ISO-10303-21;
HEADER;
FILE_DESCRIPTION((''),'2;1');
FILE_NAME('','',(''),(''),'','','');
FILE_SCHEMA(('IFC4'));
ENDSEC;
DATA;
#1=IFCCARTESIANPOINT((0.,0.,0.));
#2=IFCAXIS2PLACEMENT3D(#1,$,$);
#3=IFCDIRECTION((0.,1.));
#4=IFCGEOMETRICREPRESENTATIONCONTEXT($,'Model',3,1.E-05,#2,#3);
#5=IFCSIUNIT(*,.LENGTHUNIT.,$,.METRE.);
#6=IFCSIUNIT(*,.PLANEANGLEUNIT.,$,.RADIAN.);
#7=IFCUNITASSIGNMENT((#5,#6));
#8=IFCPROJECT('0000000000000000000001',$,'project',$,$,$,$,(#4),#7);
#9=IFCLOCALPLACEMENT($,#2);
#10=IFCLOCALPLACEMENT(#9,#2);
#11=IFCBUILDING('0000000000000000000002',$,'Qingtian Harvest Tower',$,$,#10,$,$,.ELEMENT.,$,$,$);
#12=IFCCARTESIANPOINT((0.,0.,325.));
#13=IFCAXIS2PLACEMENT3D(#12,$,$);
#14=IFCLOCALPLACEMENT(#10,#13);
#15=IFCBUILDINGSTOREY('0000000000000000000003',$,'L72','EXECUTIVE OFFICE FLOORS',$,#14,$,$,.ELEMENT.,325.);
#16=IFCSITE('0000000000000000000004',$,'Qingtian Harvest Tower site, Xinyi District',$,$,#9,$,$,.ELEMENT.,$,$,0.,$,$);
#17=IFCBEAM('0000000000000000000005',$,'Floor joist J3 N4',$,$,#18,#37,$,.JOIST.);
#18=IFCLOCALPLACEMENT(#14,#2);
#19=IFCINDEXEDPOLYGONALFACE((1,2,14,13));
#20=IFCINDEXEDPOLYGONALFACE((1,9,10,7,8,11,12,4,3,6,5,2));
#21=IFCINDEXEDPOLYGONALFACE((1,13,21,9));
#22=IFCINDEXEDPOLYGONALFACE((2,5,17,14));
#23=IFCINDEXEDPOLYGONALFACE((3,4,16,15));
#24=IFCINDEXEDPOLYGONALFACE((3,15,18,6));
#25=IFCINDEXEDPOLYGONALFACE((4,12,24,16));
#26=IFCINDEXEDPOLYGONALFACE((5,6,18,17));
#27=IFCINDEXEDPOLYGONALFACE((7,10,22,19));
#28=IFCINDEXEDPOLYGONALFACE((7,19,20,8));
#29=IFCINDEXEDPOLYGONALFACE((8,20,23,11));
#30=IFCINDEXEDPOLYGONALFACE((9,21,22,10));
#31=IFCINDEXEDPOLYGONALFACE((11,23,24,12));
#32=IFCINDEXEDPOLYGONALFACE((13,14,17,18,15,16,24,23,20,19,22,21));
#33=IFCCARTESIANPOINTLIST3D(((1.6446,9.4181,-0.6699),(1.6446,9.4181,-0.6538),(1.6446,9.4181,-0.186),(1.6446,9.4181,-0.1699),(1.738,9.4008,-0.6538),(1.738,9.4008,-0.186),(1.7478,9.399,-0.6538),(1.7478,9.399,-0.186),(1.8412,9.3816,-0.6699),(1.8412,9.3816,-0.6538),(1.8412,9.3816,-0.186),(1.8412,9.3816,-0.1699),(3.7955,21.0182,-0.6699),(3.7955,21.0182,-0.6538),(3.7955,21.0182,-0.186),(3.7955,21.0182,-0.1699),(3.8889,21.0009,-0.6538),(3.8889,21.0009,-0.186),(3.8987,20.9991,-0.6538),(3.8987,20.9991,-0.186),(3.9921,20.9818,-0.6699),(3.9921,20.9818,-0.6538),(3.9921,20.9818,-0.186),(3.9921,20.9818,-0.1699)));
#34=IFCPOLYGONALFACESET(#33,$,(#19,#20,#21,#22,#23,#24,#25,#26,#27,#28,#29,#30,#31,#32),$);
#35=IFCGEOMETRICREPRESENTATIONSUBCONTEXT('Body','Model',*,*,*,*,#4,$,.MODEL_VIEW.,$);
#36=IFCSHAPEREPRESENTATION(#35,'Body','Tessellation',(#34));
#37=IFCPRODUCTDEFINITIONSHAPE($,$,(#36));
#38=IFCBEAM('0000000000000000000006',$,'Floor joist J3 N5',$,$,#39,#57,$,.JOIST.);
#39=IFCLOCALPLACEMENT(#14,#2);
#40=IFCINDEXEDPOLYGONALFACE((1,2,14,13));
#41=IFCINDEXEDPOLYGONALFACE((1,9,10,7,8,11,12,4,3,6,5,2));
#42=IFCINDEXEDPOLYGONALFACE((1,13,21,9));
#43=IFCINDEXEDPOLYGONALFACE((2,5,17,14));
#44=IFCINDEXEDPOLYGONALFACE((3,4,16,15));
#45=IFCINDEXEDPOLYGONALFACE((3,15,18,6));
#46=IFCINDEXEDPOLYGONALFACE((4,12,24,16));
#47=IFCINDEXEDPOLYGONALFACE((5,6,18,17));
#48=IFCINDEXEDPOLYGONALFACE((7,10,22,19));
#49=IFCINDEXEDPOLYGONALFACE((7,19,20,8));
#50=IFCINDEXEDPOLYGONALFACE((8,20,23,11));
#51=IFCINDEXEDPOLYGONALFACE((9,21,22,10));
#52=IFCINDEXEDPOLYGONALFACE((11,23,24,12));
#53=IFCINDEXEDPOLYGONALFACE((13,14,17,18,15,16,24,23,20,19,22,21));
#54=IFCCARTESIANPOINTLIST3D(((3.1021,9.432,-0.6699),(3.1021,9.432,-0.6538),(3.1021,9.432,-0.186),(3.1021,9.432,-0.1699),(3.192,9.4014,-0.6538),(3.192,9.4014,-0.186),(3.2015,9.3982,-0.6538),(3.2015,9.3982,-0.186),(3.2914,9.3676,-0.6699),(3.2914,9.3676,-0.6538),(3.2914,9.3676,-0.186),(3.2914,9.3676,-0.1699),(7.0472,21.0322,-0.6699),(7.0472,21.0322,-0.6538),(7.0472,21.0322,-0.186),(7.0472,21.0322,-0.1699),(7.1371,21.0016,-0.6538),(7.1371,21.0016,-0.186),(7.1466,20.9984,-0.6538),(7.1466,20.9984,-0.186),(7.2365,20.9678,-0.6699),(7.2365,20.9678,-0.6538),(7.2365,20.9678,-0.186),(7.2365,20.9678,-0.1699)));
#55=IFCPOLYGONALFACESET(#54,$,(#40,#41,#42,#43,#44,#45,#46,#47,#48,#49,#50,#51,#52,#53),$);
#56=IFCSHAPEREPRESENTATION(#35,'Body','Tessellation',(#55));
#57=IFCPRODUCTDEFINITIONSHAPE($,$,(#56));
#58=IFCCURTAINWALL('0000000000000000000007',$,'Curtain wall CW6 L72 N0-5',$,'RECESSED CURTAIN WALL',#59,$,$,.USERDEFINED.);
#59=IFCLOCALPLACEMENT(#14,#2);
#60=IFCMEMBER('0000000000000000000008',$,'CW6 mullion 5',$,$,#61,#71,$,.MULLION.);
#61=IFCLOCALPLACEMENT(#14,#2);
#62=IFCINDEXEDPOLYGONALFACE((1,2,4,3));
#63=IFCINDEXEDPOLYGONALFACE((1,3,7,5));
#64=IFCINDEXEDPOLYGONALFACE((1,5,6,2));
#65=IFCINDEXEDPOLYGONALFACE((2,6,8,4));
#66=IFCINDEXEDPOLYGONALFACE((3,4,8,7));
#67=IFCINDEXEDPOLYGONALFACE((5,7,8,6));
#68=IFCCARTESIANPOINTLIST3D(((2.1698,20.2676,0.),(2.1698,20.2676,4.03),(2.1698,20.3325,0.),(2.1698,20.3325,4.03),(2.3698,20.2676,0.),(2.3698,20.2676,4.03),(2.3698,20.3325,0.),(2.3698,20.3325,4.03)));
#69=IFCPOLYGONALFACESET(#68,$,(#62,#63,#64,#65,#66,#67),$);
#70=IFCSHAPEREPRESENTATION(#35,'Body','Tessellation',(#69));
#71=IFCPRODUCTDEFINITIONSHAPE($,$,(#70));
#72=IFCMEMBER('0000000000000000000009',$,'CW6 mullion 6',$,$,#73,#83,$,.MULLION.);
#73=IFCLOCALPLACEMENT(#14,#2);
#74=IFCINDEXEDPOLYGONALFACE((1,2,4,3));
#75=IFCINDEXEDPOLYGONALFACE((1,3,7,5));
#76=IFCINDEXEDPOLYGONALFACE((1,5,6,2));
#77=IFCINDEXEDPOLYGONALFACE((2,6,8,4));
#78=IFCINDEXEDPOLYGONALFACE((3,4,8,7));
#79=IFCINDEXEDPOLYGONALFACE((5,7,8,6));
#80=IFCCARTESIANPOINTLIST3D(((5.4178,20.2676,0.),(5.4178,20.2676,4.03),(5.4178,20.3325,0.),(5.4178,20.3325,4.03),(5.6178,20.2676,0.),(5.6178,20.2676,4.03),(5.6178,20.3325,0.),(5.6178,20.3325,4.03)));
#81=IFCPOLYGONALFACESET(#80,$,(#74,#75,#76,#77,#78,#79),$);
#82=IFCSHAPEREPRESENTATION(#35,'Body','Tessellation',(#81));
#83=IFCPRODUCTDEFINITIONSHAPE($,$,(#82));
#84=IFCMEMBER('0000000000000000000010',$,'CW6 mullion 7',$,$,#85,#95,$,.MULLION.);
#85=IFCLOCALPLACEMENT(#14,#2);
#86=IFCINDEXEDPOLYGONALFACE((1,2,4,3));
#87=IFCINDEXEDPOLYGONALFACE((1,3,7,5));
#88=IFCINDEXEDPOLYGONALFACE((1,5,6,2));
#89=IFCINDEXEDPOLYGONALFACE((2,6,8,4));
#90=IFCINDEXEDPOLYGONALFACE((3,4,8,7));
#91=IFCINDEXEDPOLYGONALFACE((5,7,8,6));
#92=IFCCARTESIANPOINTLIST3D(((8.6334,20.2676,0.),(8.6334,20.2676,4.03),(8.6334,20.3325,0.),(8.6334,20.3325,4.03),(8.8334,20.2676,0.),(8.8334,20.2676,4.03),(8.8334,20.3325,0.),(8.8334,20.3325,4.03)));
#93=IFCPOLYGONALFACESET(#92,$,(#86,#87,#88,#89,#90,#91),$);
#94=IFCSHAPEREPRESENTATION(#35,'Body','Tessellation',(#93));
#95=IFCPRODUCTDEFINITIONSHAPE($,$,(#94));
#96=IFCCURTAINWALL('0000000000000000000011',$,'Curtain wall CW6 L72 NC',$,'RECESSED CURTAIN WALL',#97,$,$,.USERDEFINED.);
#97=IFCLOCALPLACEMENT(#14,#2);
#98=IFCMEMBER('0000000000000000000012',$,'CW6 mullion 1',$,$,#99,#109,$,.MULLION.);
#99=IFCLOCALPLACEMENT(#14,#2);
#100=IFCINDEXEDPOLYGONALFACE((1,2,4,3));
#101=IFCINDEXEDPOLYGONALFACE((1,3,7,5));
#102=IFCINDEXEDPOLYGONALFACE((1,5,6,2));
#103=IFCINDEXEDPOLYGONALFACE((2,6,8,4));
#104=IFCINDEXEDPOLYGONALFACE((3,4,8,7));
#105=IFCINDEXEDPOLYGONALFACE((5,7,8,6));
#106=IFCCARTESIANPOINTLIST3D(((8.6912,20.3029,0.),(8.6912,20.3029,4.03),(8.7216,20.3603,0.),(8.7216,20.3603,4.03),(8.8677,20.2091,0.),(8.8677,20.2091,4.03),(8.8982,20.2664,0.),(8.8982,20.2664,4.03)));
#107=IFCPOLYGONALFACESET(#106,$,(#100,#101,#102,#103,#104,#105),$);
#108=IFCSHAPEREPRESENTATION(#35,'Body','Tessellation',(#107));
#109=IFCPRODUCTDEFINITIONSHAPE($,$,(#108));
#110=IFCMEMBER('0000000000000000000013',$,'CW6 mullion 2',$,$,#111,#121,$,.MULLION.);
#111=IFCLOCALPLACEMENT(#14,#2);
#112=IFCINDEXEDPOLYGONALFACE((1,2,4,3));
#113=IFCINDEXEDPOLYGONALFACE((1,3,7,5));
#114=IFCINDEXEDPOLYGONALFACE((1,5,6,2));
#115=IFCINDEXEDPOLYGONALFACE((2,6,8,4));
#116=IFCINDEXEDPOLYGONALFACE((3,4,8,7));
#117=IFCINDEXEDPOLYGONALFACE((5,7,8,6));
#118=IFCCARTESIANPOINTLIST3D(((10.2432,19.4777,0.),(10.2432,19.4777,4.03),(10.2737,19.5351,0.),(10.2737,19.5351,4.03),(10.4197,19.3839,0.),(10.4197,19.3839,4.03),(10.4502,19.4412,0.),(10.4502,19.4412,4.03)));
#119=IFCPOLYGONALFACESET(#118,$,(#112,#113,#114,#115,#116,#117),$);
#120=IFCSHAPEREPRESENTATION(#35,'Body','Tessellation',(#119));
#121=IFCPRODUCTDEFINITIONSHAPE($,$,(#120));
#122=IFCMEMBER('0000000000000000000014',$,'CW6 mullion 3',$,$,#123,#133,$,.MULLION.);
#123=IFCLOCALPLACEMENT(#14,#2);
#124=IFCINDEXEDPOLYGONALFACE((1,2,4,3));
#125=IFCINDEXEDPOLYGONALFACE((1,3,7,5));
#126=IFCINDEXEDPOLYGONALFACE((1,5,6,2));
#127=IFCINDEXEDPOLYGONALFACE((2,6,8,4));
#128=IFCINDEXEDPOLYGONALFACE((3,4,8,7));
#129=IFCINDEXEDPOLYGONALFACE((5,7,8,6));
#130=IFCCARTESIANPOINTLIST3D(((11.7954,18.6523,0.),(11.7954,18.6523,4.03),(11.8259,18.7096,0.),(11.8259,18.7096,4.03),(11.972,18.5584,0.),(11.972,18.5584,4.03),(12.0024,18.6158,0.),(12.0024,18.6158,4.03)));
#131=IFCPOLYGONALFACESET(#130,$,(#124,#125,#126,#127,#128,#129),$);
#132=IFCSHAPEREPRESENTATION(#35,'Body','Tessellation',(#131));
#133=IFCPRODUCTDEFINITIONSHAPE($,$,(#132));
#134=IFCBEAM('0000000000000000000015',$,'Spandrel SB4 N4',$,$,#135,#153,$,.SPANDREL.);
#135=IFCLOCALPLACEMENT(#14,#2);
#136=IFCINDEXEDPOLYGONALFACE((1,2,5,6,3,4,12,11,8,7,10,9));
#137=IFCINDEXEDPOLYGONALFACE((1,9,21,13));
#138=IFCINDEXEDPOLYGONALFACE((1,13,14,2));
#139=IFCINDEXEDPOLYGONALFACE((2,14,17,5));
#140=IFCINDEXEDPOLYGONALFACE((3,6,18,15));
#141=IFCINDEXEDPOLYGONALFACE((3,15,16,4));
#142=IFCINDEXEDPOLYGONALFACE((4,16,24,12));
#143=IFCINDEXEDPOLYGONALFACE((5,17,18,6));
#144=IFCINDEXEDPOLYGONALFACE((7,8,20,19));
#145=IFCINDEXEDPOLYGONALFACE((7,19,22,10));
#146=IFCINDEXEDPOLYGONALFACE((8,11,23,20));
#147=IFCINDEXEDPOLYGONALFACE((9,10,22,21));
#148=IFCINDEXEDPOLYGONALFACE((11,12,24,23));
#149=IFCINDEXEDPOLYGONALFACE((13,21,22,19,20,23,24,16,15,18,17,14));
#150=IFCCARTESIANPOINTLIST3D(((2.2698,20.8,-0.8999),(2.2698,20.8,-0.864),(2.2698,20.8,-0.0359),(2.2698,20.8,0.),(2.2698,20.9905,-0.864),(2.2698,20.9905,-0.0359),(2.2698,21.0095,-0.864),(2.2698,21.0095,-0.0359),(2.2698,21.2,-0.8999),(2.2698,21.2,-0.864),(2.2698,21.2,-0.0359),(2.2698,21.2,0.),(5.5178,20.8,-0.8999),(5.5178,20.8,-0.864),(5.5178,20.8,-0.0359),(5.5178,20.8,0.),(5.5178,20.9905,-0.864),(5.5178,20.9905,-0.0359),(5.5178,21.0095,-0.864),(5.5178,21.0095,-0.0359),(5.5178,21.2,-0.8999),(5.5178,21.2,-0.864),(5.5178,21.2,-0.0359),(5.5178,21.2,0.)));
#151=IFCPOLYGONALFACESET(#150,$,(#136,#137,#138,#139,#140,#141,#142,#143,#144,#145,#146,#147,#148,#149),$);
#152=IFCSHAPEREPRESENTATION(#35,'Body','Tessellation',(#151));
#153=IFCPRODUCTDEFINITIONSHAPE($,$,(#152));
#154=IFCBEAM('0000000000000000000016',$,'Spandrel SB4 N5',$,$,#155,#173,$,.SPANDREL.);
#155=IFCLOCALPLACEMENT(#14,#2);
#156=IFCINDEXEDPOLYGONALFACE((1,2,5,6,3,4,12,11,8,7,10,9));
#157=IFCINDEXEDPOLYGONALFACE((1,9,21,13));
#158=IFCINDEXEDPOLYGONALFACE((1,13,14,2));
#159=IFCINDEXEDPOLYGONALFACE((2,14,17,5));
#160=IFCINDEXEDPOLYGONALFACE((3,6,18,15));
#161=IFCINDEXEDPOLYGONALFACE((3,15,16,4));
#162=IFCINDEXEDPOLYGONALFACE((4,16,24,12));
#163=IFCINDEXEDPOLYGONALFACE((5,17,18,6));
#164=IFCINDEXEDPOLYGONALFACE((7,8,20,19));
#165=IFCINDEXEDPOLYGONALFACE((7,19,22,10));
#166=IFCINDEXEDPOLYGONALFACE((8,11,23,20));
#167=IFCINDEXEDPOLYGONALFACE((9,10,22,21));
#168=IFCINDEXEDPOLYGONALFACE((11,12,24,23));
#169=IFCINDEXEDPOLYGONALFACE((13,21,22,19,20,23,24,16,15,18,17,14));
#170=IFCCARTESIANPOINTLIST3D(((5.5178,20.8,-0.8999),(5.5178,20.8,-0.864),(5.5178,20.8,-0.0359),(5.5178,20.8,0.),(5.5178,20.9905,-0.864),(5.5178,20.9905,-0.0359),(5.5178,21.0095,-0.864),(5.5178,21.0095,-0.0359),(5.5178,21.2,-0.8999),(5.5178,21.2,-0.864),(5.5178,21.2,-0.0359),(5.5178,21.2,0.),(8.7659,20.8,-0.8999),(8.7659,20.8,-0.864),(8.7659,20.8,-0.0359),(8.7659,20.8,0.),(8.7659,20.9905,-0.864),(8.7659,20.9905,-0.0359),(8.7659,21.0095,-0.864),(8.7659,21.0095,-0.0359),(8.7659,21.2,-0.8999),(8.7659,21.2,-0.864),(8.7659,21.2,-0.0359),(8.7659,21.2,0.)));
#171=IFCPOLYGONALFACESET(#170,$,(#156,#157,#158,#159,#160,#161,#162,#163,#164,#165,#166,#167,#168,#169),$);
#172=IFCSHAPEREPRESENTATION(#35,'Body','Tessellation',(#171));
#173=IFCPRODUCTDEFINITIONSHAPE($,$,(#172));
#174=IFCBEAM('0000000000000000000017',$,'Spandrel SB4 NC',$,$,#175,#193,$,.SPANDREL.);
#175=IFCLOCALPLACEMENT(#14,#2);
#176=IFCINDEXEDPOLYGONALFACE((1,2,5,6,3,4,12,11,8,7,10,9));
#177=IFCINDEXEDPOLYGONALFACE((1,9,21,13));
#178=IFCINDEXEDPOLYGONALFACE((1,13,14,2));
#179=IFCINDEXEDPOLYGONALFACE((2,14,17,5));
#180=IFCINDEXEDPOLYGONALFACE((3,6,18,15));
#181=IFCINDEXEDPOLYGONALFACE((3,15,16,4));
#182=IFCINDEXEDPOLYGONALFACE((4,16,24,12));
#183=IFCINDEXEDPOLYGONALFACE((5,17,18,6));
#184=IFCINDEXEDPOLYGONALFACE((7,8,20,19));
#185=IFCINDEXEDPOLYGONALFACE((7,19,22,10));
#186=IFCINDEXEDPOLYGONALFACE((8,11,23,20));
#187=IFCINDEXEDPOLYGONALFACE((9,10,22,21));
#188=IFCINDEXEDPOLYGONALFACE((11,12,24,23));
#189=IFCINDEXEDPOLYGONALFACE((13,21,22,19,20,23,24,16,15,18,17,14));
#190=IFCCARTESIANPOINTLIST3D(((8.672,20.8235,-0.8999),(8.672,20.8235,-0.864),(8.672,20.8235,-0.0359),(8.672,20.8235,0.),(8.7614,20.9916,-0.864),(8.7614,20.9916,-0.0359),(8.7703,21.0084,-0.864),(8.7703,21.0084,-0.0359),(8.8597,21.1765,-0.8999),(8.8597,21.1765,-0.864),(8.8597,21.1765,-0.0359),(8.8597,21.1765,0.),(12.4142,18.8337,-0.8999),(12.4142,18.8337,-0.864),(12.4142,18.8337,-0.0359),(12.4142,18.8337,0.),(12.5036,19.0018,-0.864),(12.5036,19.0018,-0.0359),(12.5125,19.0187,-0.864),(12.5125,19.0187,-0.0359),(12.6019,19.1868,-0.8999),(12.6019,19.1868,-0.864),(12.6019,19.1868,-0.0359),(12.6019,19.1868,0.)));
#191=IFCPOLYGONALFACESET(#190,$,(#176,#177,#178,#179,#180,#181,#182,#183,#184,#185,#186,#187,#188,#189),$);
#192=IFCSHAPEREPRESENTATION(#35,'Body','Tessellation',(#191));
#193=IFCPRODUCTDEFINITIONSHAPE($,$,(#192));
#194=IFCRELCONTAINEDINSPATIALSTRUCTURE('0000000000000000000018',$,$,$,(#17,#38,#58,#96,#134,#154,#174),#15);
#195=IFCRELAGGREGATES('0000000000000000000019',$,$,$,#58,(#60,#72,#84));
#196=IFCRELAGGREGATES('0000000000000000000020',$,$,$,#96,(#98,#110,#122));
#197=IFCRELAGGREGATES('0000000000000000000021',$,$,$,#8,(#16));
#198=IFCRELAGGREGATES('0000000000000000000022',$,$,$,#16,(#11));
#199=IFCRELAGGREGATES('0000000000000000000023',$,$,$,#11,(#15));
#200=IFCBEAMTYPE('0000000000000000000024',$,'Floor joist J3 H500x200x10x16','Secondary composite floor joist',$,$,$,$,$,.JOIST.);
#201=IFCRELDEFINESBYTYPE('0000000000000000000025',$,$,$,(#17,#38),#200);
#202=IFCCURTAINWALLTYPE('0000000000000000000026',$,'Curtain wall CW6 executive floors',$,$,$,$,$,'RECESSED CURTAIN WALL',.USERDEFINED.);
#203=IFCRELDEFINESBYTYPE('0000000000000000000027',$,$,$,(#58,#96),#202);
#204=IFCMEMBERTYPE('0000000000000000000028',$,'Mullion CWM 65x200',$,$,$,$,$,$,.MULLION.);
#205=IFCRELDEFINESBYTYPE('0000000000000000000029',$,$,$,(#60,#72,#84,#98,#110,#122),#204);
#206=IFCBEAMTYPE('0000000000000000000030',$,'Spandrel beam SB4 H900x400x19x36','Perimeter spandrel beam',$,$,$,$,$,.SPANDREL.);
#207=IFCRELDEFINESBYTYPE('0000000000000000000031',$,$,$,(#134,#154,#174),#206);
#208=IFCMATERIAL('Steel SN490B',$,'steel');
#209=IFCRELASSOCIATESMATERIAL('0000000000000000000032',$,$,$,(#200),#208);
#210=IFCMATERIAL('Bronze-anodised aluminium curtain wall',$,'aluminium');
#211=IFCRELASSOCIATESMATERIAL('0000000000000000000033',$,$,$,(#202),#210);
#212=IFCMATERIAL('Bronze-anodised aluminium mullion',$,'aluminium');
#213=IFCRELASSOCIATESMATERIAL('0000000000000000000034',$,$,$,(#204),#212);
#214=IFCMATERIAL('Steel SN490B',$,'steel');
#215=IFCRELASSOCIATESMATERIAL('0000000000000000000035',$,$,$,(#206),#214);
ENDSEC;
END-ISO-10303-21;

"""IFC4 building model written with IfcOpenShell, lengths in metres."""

from ifc_helpers import new_model, si_unit, direction, frame, origin, origin_2d, place, context, subcontext, project, spatial, rectangle, i_section, extrude, material, material_profile, profile_set, type_object, element, aggregate, save


model = new_model("IFC4")

# Units and contexts
model_context = context("Model", 3, precision=1e-05, world=origin(), true_north=direction((0.0, 1.0)))
body_context = subcontext(model_context, "Body", "Model", "MODEL_VIEW")
ifc_project = project(units=[si_unit("LENGTHUNIT", "METRE"), si_unit("PLANEANGLEUNIT", "RADIAN")], contexts=[model_context])

# Site, building, storey
site_placement = place(None, origin())
site = spatial("IfcSite", under=ifc_project, at=site_placement, Name="Qingtian Harvest Tower site, Xinyi District", CompositionType="ELEMENT", RefElevation=0.0)
building_placement = place(site_placement, origin())
building = spatial("IfcBuilding", under=site, at=building_placement, Name="Qingtian Harvest Tower", CompositionType="ELEMENT")
storey_placement = place(building_placement, frame((0.0, 0.0, 325.0)))
storey = spatial("IfcBuildingStorey", under=building, at=storey_placement, Name="L72", Description="EXECUTIVE OFFICE FLOORS", CompositionType="ELEMENT", Elevation=325.0)

# Beams
ifc_material_1 = material(Name="Steel SN490B", Category="steel")
ifc_material_profile_1 = material_profile(ifc_material_1, i_section(OverallWidth=0.2, OverallDepth=0.5, WebThickness=0.01, FlangeThickness=0.0161, at=origin_2d()), Name="H500x200x10x16")
ifc_profile_set_1 = profile_set([ifc_material_profile_1], Name="Steel SN490B")
beam_type_1 = type_object("IfcBeamType", Name="Floor joist J3 H500x200x10x16", Description="Secondary composite floor joist", PredefinedType="JOIST", material=ifc_profile_set_1)
beam_1_placement = place(storey_placement, frame((3.8938, 21.0, -0.4199), z_axis=(-0.182312, -0.983241, 0.0), x_axis=(0.983241, -0.182312, 0.0)))
element("IfcBeam", 1, at=beam_1_placement, inside=storey, type_object=beam_type_1, Name="Floor joist J3 N4", PredefinedType="JOIST", context=body_context, shape_type="SweptSolid", body=[
    extrude(i_section(OverallWidth=0.2, OverallDepth=0.5, WebThickness=0.01, FlangeThickness=0.0161, at=origin_2d()), origin(), (0.0, 0.0, 1.0), 11.7979),
])
beam_2_placement = place(storey_placement, frame((7.1418, 21.0, -0.4199), z_axis=(-0.321978, -0.946747, 0.0), x_axis=(0.946747, -0.321978, 0.0)))
element("IfcBeam", 2, at=beam_2_placement, inside=storey, type_object=beam_type_1, Name="Floor joist J3 N5", PredefinedType="JOIST", context=body_context, shape_type="SweptSolid", body=[
    extrude(i_section(OverallWidth=0.2, OverallDepth=0.5, WebThickness=0.01, FlangeThickness=0.0161, at=origin_2d()), origin(), (0.0, 0.0, 1.0), 12.2527),
])

# Curtain walls, members
ifc_material_2 = material(Name="Bronze-anodised aluminium curtain wall", Category="aluminium")
curtain_wall_type = type_object("IfcCurtainWallType", Name="Curtain wall CW6 executive floors", ElementType="RECESSED CURTAIN WALL", PredefinedType="USERDEFINED", material=ifc_material_2)
curtain_wall_1_placement = place(storey_placement, origin())
curtain_wall_1 = element("IfcCurtainWall", 3, at=curtain_wall_1_placement, inside=storey, type_object=curtain_wall_type, Name="Curtain wall CW6 L72 N0-5", ObjectType="RECESSED CURTAIN WALL", PredefinedType="USERDEFINED")
ifc_material_3 = material(Name="Bronze-anodised aluminium mullion", Category="aluminium")
ifc_material_profile_2 = material_profile(ifc_material_3, rectangle(XDim=0.0649, YDim=0.2, at=origin_2d()), Name="AL 65x200")
ifc_profile_set_2 = profile_set([ifc_material_profile_2], Name="Bronze-anodised aluminium mullion")
member_type_1 = type_object("IfcMemberType", Name="Mullion CWM 65x200", PredefinedType="MULLION", material=ifc_profile_set_2)
member_1_placement = place(storey_placement, frame((2.2698, 20.3, 0.0), z_axis=(0.0, 0.0, 1.0), x_axis=(0.0, 1.0, 0.0)))
member_1 = element("IfcMember", 4, at=member_1_placement, type_object=member_type_1, Name="CW6 mullion 5", PredefinedType="MULLION", context=body_context, shape_type="SweptSolid", body=[
    extrude(rectangle(XDim=0.0649, YDim=0.2, at=origin_2d()), origin(), (0.0, 0.0, 1.0), 4.03),
])
member_2_placement = place(storey_placement, frame((5.5178, 20.3, 0.0), z_axis=(0.0, 0.0, 1.0), x_axis=(0.0, 1.0, 0.0)))
member_2 = element("IfcMember", 5, at=member_2_placement, type_object=member_type_1, Name="CW6 mullion 6", PredefinedType="MULLION", context=body_context, shape_type="SweptSolid", body=[
    extrude(rectangle(XDim=0.0649, YDim=0.2, at=origin_2d()), origin(), (0.0, 0.0, 1.0), 4.03),
])
member_3_placement = place(storey_placement, frame((8.7334, 20.3, 0.0), z_axis=(0.0, 0.0, 1.0), x_axis=(0.0, 1.0, 0.0)))
member_3 = element("IfcMember", 6, at=member_3_placement, type_object=member_type_1, Name="CW6 mullion 7", PredefinedType="MULLION", context=body_context, shape_type="SweptSolid", body=[
    extrude(rectangle(XDim=0.0649, YDim=0.2, at=origin_2d()), origin(), (0.0, 0.0, 1.0), 4.03),
])
curtain_wall_2_placement = place(storey_placement, origin())
curtain_wall_2 = element("IfcCurtainWall", 7, at=curtain_wall_2_placement, inside=storey, type_object=curtain_wall_type, Name="Curtain wall CW6 L72 NC", ObjectType="RECESSED CURTAIN WALL", PredefinedType="USERDEFINED")
member_4_placement = place(storey_placement, frame((8.7947, 20.2847, 0.0), z_axis=(0.0, 0.0, 1.0), x_axis=(0.469472, 0.882948, 0.0)))
member_4 = element("IfcMember", 8, at=member_4_placement, type_object=member_type_1, Name="CW6 mullion 1", PredefinedType="MULLION", context=body_context, shape_type="SweptSolid", body=[
    extrude(rectangle(XDim=0.0649, YDim=0.2, at=origin_2d()), origin(), (0.0, 0.0, 1.0), 4.03),
])
member_5_placement = place(storey_placement, frame((10.3467, 19.4595, 0.0), z_axis=(0.0, 0.0, 1.0), x_axis=(0.469472, 0.882948, 0.0)))
member_5 = element("IfcMember", 9, at=member_5_placement, type_object=member_type_1, Name="CW6 mullion 2", PredefinedType="MULLION", context=body_context, shape_type="SweptSolid", body=[
    extrude(rectangle(XDim=0.0649, YDim=0.2, at=origin_2d()), origin(), (0.0, 0.0, 1.0), 4.03),
])
member_6_placement = place(storey_placement, frame((11.8989, 18.634, 0.0), z_axis=(0.0, 0.0, 1.0), x_axis=(0.469472, 0.882948, 0.0)))
member_6 = element("IfcMember", 10, at=member_6_placement, type_object=member_type_1, Name="CW6 mullion 3", PredefinedType="MULLION", context=body_context, shape_type="SweptSolid", body=[
    extrude(rectangle(XDim=0.0649, YDim=0.2, at=origin_2d()), origin(), (0.0, 0.0, 1.0), 4.03),
])

# Beams
ifc_material_4 = material(Name="Steel SN490B", Category="steel")
ifc_material_profile_3 = material_profile(ifc_material_4, i_section(OverallWidth=0.3999, OverallDepth=0.8999, WebThickness=0.019, FlangeThickness=0.0359, at=origin_2d()), Name="H900x400x19x36")
ifc_profile_set_3 = profile_set([ifc_material_profile_3], Name="Steel SN490B")
beam_type_2 = type_object("IfcBeamType", Name="Spandrel beam SB4 H900x400x19x36", Description="Perimeter spandrel beam", PredefinedType="SPANDREL", material=ifc_profile_set_3)
for number, where, z_axis, x_axis, name in (
    (11, (2.2698, 21.0, -0.45), (1.0, 0.0, 0.0), (0.0, 1.0, 0.0), "Spandrel SB4 N4"),
    (12, (5.5178, 21.0, -0.45), (1.0, 0.0, 0.0), (0.0, 1.0, 0.0), "Spandrel SB4 N5"),
):
    element("IfcBeam", number, at=place(storey_placement, frame(where, z_axis=z_axis, x_axis=x_axis)), inside=storey, type_object=beam_type_2, Name=name, PredefinedType="SPANDREL", context=body_context, shape_type="SweptSolid", body=[
        extrude(i_section(OverallWidth=0.3999, OverallDepth=0.8999, WebThickness=0.019, FlangeThickness=0.0359, at=origin_2d()), origin(), (0.0, 0.0, 1.0), 3.248),
    ])
beam_3_placement = place(storey_placement, frame((8.7659, 21.0, -0.45), z_axis=(0.882949, -0.46947, 0.0), x_axis=(0.46947, 0.882949, 0.0)))
element("IfcBeam", 13, at=beam_3_placement, inside=storey, type_object=beam_type_2, Name="Spandrel SB4 NC", PredefinedType="SPANDREL", context=body_context, shape_type="SweptSolid", body=[
    extrude(i_section(OverallWidth=0.3999, OverallDepth=0.8999, WebThickness=0.019, FlangeThickness=0.0359, at=origin_2d()), origin(), (0.0, 0.0, 1.0), 4.2383),
])

aggregate(curtain_wall_1, [member_1, member_2, member_3])
aggregate(curtain_wall_2, [member_4, member_5, member_6])

save(model, "model.ifc")
